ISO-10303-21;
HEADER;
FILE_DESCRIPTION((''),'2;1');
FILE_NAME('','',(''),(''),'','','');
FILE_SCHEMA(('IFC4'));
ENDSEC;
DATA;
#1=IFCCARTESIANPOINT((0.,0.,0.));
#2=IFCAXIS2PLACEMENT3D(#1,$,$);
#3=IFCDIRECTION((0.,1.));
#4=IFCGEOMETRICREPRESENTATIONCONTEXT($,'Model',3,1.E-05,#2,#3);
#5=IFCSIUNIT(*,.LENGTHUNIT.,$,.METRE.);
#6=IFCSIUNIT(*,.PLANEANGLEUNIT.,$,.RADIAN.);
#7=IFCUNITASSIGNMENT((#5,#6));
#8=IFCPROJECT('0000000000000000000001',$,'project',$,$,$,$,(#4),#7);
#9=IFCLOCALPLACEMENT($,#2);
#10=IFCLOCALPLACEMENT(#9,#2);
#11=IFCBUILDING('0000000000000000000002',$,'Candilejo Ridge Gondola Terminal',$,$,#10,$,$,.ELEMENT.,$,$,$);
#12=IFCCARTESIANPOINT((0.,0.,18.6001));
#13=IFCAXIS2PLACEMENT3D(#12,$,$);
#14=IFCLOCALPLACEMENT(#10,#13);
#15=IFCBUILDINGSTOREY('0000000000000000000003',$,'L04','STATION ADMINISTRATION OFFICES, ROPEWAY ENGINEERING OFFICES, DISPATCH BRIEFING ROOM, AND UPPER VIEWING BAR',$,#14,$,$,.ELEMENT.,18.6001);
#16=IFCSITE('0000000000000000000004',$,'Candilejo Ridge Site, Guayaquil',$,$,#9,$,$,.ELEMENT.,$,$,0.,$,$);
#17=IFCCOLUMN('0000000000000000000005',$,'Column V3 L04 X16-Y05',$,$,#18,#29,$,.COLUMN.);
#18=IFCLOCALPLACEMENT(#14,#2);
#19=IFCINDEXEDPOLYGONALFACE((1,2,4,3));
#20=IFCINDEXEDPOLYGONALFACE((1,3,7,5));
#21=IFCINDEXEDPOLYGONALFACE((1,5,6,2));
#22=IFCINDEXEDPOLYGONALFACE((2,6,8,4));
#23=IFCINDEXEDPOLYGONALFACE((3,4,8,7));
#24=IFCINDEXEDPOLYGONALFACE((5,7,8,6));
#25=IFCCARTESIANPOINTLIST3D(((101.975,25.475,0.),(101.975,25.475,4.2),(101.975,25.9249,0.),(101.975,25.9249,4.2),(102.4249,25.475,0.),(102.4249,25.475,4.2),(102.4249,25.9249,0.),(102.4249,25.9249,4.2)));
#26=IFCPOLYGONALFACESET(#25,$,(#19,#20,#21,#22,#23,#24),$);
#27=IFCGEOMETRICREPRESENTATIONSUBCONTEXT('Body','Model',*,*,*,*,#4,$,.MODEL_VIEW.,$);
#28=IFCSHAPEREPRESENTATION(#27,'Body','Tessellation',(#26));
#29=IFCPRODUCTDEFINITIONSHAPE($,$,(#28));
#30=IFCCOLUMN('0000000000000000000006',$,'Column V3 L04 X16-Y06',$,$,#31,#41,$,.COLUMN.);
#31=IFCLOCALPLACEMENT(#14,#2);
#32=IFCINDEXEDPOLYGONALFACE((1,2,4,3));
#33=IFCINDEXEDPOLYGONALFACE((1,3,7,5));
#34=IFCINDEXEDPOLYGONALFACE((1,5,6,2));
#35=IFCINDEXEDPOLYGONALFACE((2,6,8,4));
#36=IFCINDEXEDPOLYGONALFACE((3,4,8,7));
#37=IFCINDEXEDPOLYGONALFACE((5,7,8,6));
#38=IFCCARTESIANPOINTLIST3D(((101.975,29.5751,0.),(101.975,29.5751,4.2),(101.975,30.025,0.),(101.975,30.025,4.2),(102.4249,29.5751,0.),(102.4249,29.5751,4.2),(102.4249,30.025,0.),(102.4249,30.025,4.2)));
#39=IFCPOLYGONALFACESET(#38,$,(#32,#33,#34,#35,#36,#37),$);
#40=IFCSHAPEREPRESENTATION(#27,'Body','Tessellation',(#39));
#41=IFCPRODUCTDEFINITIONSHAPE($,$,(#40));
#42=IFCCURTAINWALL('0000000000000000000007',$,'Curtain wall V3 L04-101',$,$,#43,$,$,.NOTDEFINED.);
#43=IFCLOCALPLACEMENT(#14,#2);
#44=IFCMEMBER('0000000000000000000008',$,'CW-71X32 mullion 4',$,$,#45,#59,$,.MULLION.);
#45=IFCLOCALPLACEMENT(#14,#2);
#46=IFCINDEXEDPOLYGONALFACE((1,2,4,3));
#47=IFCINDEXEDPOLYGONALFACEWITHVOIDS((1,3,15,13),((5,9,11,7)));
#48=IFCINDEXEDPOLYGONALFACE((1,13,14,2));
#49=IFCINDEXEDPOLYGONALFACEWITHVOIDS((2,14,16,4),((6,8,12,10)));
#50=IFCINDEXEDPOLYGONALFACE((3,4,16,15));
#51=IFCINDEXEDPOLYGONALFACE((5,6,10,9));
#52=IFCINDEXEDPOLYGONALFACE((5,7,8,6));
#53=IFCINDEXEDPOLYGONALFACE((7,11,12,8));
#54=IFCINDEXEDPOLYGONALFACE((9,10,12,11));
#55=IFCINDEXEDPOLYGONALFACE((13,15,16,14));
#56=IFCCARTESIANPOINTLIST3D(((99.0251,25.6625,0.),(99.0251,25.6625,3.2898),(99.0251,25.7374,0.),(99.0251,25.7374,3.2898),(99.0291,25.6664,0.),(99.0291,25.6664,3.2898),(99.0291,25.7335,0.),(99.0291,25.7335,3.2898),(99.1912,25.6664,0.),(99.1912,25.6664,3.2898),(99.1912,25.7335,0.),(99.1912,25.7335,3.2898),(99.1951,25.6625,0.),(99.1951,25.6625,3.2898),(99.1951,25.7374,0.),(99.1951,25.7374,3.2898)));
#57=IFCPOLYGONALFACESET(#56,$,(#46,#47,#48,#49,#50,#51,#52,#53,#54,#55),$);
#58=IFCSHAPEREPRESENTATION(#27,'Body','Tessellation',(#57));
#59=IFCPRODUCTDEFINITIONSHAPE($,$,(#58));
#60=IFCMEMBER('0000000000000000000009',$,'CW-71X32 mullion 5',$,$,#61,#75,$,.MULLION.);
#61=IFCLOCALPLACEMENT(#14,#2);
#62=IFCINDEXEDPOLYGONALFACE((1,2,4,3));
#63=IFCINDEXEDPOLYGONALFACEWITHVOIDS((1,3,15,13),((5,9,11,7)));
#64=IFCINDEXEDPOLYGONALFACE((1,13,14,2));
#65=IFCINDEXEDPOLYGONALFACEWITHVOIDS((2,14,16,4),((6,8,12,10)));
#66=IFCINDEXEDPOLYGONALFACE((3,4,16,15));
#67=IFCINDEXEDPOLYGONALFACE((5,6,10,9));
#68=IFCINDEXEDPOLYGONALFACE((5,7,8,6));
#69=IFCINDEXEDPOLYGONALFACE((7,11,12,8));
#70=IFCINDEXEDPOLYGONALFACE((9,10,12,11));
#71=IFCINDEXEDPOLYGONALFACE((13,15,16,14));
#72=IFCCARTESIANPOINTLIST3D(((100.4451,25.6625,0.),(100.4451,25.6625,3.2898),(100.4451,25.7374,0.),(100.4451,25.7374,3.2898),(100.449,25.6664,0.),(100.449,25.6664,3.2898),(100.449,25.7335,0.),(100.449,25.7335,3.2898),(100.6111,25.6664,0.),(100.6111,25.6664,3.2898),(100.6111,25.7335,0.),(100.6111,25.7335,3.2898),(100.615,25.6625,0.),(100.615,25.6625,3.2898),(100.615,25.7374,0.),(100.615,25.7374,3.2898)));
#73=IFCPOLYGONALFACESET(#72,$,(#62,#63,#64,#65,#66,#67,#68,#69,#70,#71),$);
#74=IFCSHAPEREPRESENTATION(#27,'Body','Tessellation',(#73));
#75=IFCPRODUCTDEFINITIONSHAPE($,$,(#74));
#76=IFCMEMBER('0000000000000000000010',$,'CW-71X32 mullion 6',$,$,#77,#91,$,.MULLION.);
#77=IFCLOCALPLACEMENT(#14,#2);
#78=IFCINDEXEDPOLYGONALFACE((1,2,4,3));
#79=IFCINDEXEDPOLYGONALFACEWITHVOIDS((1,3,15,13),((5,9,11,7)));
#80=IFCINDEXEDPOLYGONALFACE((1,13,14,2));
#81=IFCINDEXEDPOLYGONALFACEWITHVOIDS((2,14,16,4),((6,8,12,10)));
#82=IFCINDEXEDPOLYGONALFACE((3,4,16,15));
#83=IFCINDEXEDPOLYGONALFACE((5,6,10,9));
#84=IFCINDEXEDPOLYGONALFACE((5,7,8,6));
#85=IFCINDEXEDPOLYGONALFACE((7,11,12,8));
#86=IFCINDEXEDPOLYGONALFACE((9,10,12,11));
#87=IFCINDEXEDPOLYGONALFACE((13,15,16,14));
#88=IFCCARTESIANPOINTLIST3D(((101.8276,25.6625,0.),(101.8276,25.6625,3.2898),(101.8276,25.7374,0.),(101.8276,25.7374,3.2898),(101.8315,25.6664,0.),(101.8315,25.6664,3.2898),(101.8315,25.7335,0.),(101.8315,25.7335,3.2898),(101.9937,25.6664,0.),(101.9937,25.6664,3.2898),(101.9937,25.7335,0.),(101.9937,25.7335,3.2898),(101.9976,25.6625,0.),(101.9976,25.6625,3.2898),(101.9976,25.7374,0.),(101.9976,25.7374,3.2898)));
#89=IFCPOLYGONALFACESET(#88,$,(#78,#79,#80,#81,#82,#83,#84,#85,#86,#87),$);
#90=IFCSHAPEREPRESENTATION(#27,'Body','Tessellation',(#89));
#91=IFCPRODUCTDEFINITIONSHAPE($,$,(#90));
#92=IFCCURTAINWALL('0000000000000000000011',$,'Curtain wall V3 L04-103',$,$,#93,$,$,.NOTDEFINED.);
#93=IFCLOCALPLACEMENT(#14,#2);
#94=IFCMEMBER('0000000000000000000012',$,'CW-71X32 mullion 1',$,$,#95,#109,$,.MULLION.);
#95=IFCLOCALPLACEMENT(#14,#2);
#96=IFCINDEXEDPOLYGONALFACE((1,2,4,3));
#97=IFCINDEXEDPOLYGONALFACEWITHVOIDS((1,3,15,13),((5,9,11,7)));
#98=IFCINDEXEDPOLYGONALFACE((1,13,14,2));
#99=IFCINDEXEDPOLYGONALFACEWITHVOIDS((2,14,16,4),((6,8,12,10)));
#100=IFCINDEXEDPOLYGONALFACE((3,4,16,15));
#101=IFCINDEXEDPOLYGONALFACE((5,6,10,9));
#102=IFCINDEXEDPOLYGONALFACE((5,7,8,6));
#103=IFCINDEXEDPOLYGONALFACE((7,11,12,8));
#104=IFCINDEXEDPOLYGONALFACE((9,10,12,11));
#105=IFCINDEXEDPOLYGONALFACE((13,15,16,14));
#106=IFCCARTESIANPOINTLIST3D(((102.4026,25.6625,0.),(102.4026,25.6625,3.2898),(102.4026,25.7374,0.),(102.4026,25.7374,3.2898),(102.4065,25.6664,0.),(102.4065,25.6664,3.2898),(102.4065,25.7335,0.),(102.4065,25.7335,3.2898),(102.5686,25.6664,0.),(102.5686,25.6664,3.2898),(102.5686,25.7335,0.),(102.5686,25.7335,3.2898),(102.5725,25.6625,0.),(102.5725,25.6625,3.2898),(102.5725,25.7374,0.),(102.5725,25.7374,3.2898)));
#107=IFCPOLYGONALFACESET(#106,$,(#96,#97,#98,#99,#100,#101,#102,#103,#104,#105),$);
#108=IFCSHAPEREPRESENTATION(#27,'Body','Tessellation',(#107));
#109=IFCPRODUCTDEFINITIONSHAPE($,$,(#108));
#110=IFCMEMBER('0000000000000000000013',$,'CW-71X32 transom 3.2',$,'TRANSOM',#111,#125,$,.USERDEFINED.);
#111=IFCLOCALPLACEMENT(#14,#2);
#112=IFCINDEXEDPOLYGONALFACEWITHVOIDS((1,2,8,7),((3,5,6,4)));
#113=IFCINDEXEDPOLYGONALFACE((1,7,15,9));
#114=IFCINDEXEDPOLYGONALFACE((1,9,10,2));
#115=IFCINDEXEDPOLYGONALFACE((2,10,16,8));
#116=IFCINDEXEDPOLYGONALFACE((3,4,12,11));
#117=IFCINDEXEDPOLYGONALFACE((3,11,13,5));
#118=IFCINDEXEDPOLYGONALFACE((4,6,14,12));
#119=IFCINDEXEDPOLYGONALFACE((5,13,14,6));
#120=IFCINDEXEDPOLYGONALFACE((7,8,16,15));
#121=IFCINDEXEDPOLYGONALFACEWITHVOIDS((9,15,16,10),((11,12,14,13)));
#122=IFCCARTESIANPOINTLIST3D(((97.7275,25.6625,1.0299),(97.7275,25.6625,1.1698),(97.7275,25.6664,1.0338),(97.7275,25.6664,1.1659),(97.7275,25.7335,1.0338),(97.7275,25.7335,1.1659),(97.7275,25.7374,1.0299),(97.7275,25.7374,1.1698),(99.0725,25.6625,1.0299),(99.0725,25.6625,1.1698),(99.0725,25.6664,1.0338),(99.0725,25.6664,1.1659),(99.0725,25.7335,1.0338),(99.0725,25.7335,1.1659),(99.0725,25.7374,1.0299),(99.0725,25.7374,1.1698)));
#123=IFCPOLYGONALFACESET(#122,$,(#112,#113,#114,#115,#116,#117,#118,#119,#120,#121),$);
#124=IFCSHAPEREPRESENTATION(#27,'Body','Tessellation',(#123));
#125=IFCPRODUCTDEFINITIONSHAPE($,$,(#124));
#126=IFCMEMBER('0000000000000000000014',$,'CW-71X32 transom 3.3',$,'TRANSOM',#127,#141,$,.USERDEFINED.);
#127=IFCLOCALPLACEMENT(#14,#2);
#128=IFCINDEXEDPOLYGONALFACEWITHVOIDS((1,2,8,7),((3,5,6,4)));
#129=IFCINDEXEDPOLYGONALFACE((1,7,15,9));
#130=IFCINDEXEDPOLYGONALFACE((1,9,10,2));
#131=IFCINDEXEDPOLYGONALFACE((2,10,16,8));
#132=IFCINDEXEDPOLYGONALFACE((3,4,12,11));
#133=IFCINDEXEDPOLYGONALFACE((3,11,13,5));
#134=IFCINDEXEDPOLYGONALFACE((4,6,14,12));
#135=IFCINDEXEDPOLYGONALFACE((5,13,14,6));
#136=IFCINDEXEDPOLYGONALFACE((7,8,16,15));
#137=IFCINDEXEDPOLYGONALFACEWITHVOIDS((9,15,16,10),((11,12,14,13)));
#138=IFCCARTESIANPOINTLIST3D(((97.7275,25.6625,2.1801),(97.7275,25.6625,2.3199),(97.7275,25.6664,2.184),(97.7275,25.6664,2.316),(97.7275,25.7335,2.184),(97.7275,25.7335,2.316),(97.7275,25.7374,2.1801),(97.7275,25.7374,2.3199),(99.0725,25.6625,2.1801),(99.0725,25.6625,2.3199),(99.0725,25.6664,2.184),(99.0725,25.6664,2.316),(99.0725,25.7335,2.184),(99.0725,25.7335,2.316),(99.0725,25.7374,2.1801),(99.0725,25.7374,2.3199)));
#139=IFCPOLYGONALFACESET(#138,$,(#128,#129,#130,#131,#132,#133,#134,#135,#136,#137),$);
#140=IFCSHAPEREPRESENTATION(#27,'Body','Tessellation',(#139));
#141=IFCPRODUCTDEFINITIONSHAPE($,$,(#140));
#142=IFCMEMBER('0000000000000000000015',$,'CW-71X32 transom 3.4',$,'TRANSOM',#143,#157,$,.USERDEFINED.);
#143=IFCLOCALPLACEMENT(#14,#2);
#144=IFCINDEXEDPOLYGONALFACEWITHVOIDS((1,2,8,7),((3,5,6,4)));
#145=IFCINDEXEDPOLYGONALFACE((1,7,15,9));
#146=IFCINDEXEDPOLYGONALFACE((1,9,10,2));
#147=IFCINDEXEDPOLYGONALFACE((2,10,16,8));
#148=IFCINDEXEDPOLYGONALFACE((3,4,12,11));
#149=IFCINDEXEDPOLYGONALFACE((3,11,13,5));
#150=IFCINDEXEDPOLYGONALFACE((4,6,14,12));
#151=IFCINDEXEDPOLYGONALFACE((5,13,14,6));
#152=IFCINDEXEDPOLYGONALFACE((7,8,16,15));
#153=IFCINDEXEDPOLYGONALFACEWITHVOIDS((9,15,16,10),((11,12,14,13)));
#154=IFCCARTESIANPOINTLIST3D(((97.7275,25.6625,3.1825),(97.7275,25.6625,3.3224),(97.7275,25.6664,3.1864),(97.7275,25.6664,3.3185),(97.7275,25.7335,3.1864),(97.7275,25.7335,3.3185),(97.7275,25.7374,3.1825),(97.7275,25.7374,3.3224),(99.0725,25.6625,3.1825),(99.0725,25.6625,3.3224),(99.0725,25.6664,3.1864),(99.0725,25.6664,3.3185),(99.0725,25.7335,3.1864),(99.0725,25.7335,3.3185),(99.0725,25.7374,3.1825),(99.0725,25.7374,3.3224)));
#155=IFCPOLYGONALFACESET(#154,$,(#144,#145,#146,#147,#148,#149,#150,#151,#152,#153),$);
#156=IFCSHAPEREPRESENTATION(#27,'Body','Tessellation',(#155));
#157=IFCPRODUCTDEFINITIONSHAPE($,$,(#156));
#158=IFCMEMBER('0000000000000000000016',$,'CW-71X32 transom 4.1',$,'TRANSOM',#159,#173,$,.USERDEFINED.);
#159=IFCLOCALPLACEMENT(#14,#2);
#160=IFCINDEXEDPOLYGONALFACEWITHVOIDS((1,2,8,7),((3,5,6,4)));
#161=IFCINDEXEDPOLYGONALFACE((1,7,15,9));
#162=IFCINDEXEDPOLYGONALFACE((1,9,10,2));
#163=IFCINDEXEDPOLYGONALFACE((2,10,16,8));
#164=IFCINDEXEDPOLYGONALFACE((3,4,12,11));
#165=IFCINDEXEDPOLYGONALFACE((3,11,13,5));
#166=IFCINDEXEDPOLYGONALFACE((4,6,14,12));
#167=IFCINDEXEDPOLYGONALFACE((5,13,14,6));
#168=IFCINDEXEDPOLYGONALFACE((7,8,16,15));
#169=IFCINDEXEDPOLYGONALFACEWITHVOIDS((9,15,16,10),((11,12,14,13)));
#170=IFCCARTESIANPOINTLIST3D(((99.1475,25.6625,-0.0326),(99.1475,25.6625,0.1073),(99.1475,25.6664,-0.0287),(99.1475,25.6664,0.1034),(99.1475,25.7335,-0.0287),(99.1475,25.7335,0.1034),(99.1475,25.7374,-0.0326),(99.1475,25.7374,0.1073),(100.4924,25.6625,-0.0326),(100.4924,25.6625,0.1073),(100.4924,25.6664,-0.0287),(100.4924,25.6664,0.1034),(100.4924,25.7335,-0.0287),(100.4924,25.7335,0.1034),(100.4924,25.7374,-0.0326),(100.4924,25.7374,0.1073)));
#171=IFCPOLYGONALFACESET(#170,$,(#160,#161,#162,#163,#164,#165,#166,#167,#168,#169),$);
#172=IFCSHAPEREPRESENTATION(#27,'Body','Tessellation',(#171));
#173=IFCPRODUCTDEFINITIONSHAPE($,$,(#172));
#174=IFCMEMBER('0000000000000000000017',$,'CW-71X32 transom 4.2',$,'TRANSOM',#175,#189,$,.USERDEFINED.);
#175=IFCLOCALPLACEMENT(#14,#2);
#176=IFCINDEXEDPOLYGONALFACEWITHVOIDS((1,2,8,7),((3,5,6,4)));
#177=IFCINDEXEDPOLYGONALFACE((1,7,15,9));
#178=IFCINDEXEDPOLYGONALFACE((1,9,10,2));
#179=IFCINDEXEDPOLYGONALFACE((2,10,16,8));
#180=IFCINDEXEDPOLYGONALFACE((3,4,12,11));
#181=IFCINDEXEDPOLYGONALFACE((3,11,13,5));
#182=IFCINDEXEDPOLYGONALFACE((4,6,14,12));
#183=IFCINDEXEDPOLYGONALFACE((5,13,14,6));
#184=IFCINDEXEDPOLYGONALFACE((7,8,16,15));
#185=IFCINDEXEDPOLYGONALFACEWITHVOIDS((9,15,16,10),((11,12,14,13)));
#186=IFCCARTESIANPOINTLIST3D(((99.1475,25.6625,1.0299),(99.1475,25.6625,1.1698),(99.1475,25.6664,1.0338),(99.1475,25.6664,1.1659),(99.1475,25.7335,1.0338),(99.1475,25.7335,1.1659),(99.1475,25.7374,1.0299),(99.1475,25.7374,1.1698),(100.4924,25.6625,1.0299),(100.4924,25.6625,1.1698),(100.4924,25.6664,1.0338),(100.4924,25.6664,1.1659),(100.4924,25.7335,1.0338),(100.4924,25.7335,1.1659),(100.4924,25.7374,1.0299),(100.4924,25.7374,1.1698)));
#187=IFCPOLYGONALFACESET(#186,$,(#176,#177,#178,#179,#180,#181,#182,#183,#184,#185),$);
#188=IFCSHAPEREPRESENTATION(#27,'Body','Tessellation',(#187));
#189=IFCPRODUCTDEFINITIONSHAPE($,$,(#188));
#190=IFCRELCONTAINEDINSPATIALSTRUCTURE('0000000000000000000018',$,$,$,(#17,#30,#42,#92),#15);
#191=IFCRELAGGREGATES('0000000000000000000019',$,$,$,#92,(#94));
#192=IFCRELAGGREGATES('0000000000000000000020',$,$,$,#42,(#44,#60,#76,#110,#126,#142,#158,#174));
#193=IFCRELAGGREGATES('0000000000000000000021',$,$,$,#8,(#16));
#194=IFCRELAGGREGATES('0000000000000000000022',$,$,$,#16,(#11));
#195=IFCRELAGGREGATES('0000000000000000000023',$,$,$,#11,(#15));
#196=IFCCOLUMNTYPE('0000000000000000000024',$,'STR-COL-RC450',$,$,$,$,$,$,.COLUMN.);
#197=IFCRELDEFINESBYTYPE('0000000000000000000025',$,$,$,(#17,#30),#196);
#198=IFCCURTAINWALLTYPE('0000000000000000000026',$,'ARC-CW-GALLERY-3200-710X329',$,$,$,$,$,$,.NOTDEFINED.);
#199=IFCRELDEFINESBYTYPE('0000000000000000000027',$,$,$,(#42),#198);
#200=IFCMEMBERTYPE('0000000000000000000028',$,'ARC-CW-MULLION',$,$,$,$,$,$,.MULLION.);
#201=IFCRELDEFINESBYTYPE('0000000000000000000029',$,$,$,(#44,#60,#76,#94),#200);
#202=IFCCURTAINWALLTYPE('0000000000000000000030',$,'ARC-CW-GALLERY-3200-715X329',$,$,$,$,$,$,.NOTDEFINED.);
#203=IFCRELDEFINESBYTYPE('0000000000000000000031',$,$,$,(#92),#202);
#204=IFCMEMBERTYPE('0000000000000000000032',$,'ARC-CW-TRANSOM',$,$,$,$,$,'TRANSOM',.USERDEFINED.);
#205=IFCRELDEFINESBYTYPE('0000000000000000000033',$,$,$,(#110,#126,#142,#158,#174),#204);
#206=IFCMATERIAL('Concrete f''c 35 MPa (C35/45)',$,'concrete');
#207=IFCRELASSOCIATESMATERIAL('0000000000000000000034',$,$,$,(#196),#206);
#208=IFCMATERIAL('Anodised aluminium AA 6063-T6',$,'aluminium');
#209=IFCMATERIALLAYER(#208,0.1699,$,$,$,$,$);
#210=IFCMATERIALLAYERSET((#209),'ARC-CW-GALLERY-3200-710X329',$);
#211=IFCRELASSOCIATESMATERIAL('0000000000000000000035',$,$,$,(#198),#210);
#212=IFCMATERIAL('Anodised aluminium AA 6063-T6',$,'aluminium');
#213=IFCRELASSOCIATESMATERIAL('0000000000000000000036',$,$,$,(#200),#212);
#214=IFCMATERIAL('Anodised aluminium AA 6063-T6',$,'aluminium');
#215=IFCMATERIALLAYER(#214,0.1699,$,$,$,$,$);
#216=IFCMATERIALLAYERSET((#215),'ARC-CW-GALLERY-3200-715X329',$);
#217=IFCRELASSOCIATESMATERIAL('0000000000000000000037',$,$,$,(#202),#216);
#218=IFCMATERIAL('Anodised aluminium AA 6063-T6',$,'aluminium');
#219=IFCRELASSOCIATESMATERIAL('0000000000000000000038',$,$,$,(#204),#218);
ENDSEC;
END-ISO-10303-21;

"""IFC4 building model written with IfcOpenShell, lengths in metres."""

from ifc_helpers import new_model, si_unit, direction, frame, origin, origin_2d, place, context, subcontext, project, spatial, rectangle, hollow_rectangle, extrude, material, layer, layer_set, material_profile, profile_set, type_object, element, aggregate, save


model = new_model("IFC4")

# Units and contexts
model_context = context("Model", 3, precision=1e-05, world=origin(), true_north=direction((0.0, 1.0)))
body_context = subcontext(model_context, "Body", "Model", "MODEL_VIEW")
ifc_project = project(units=[si_unit("LENGTHUNIT", "METRE"), si_unit("PLANEANGLEUNIT", "RADIAN")], contexts=[model_context])

# Site, building, storey
site_placement = place(None, origin())
site = spatial("IfcSite", under=ifc_project, at=site_placement, Name="Candilejo Ridge Site, Guayaquil", CompositionType="ELEMENT", RefElevation=0.0)
building_placement = place(site_placement, origin())
building = spatial("IfcBuilding", under=site, at=building_placement, Name="Candilejo Ridge Gondola Terminal", CompositionType="ELEMENT")
storey_placement = place(building_placement, frame((0.0, 0.0, 18.6001)))
storey = spatial("IfcBuildingStorey", under=building, at=storey_placement, Name="L04", Description="STATION ADMINISTRATION OFFICES, ROPEWAY ENGINEERING OFFICES, DISPATCH BRIEFING ROOM, AND UPPER VIEWING BAR", CompositionType="ELEMENT", Elevation=18.6001)

# Columns
ifc_material_1 = material(Name="Concrete f'c 35 MPa (C35/45)", Category="concrete")
ifc_material_profile_1 = material_profile(ifc_material_1, rectangle(XDim=0.45, YDim=0.45, at=origin_2d()))
ifc_profile_set_1 = profile_set([ifc_material_profile_1], Name="Concrete f'c 35 MPa (C35/45)")
column_type = type_object("IfcColumnType", Name="STR-COL-RC450", PredefinedType="COLUMN", material=ifc_profile_set_1)
for number, where, z_axis, x_axis, name in (
    (1, (102.2, 25.7, 0.0), (0.0, 0.0, 1.0), (1.0, 0.0, 0.0), "Column V3 L04 X16-Y05"),
    (2, (102.2, 29.8, 0.0), (0.0, 0.0, 1.0), (1.0, 0.0, 0.0), "Column V3 L04 X16-Y06"),
):
    element("IfcColumn", number, at=place(storey_placement, frame(where, z_axis=z_axis, x_axis=x_axis)), inside=storey, type_object=column_type, Name=name, PredefinedType="COLUMN", context=body_context, shape_type="SweptSolid", body=[
        extrude(rectangle(XDim=0.45, YDim=0.45, at=origin_2d()), origin(), (0.0, 0.0, 1.0), 4.2),
    ])

# Curtain wall, members
ifc_material_2 = material(Name="Anodised aluminium AA 6063-T6", Category="aluminium")
ifc_layer_1 = layer(ifc_material_2, 0.1699)
ifc_layer_set_1 = layer_set([ifc_layer_1], Name="ARC-CW-GALLERY-3200-710X329")
curtain_wall_type_1 = type_object("IfcCurtainWallType", Name="ARC-CW-GALLERY-3200-710X329", PredefinedType="NOTDEFINED", material=ifc_layer_set_1)
curtain_wall_1_placement = place(storey_placement, origin())
curtain_wall_1 = element("IfcCurtainWall", 3, at=curtain_wall_1_placement, inside=storey, type_object=curtain_wall_type_1, Name="Curtain wall V3 L04-101", PredefinedType="NOTDEFINED")
ifc_material_3 = material(Name="Anodised aluminium AA 6063-T6", Category="aluminium")
ifc_material_profile_2 = material_profile(ifc_material_3, hollow_rectangle(XDim=0.075, YDim=0.1699, WallThickness=0.0039, at=origin_2d()))
ifc_profile_set_2 = profile_set([ifc_material_profile_2], Name="Anodised aluminium AA 6063-T6")
member_type_1 = type_object("IfcMemberType", Name="ARC-CW-MULLION", PredefinedType="MULLION", material=ifc_profile_set_2)
member_1_placement = place(storey_placement, frame((99.1101, 25.7, 0.0), z_axis=(0.0, 0.0, 1.0), x_axis=(0.0, 1.0, 0.0)))
member_1 = element("IfcMember", 4, at=member_1_placement, type_object=member_type_1, Name="CW-71X32 mullion 4", PredefinedType="MULLION", context=body_context, shape_type="SweptSolid", body=[
    extrude(hollow_rectangle(XDim=0.075, YDim=0.1699, WallThickness=0.0039, at=origin_2d()), origin(), (0.0, 0.0, 1.0), 3.2898),
])
member_2_placement = place(storey_placement, frame((100.53, 25.7, 0.0), z_axis=(0.0, 0.0, 1.0), x_axis=(0.0, 1.0, 0.0)))
member_2 = element("IfcMember", 5, at=member_2_placement, type_object=member_type_1, Name="CW-71X32 mullion 5", PredefinedType="MULLION", context=body_context, shape_type="SweptSolid", body=[
    extrude(hollow_rectangle(XDim=0.075, YDim=0.1699, WallThickness=0.0039, at=origin_2d()), origin(), (0.0, 0.0, 1.0), 3.2898),
])
member_3_placement = place(storey_placement, frame((101.9126, 25.7, 0.0), z_axis=(0.0, 0.0, 1.0), x_axis=(0.0, 1.0, 0.0)))
member_3 = element("IfcMember", 6, at=member_3_placement, type_object=member_type_1, Name="CW-71X32 mullion 6", PredefinedType="MULLION", context=body_context, shape_type="SweptSolid", body=[
    extrude(hollow_rectangle(XDim=0.075, YDim=0.1699, WallThickness=0.0039, at=origin_2d()), origin(), (0.0, 0.0, 1.0), 3.2898),
])

# Curtain wall, member
ifc_material_4 = material(Name="Anodised aluminium AA 6063-T6", Category="aluminium")
ifc_layer_2 = layer(ifc_material_4, 0.1699)
ifc_layer_set_2 = layer_set([ifc_layer_2], Name="ARC-CW-GALLERY-3200-715X329")
curtain_wall_type_2 = type_object("IfcCurtainWallType", Name="ARC-CW-GALLERY-3200-715X329", PredefinedType="NOTDEFINED", material=ifc_layer_set_2)
curtain_wall_2_placement = place(storey_placement, origin())
curtain_wall_2 = element("IfcCurtainWall", 7, at=curtain_wall_2_placement, inside=storey, type_object=curtain_wall_type_2, Name="Curtain wall V3 L04-103", PredefinedType="NOTDEFINED")
member_4_placement = place(storey_placement, frame((102.4875, 25.7, 0.0), z_axis=(0.0, 0.0, 1.0), x_axis=(0.0, 1.0, 0.0)))
member_4 = element("IfcMember", 8, at=member_4_placement, type_object=member_type_1, Name="CW-71X32 mullion 1", PredefinedType="MULLION", context=body_context, shape_type="SweptSolid", body=[
    extrude(hollow_rectangle(XDim=0.075, YDim=0.1699, WallThickness=0.0039, at=origin_2d()), origin(), (0.0, 0.0, 1.0), 3.2898),
])
aggregate(curtain_wall_2, [member_4])

# Members
ifc_material_5 = material(Name="Anodised aluminium AA 6063-T6", Category="aluminium")
ifc_material_profile_3 = material_profile(ifc_material_5, hollow_rectangle(XDim=0.075, YDim=0.1399, WallThickness=0.0039, at=origin_2d()))
ifc_profile_set_3 = profile_set([ifc_material_profile_3], Name="Anodised aluminium AA 6063-T6")
member_type_2 = type_object("IfcMemberType", Name="ARC-CW-TRANSOM", ElementType="TRANSOM", PredefinedType="USERDEFINED", material=ifc_profile_set_3)
member_5_placement = place(storey_placement, frame((97.7275, 25.7, 1.0999), z_axis=(1.0, 0.0, 0.0), x_axis=(0.0, 1.0, 0.0)))
member_5 = element("IfcMember", 9, at=member_5_placement, type_object=member_type_2, Name="CW-71X32 transom 3.2", ObjectType="TRANSOM", PredefinedType="USERDEFINED", context=body_context, shape_type="SweptSolid", body=[
    extrude(hollow_rectangle(XDim=0.075, YDim=0.1399, WallThickness=0.0039, at=origin_2d()), origin(), (0.0, 0.0, 1.0), 1.345),
])
member_6_placement = place(storey_placement, frame((97.7275, 25.7, 2.25), z_axis=(1.0, 0.0, 0.0), x_axis=(0.0, 1.0, 0.0)))
member_6 = element("IfcMember", 10, at=member_6_placement, type_object=member_type_2, Name="CW-71X32 transom 3.3", ObjectType="TRANSOM", PredefinedType="USERDEFINED", context=body_context, shape_type="SweptSolid", body=[
    extrude(hollow_rectangle(XDim=0.075, YDim=0.1399, WallThickness=0.0039, at=origin_2d()), origin(), (0.0, 0.0, 1.0), 1.345),
])
member_7_placement = place(storey_placement, frame((97.7275, 25.7, 3.2524), z_axis=(1.0, 0.0, 0.0), x_axis=(0.0, 1.0, 0.0)))
member_7 = element("IfcMember", 11, at=member_7_placement, type_object=member_type_2, Name="CW-71X32 transom 3.4", ObjectType="TRANSOM", PredefinedType="USERDEFINED", context=body_context, shape_type="SweptSolid", body=[
    extrude(hollow_rectangle(XDim=0.075, YDim=0.1399, WallThickness=0.0039, at=origin_2d()), origin(), (0.0, 0.0, 1.0), 1.345),
])
member_8_placement = place(storey_placement, frame((99.1475, 25.7, 0.0374), z_axis=(1.0, 0.0, 0.0), x_axis=(0.0, 1.0, 0.0)))
member_8 = element("IfcMember", 12, at=member_8_placement, type_object=member_type_2, Name="CW-71X32 transom 4.1", ObjectType="TRANSOM", PredefinedType="USERDEFINED", context=body_context, shape_type="SweptSolid", body=[
    extrude(hollow_rectangle(XDim=0.075, YDim=0.1399, WallThickness=0.0039, at=origin_2d()), origin(), (0.0, 0.0, 1.0), 1.345),
])
member_9_placement = place(storey_placement, frame((99.1475, 25.7, 1.0999), z_axis=(1.0, 0.0, 0.0), x_axis=(0.0, 1.0, 0.0)))
member_9 = element("IfcMember", 13, at=member_9_placement, type_object=member_type_2, Name="CW-71X32 transom 4.2", ObjectType="TRANSOM", PredefinedType="USERDEFINED", context=body_context, shape_type="SweptSolid", body=[
    extrude(hollow_rectangle(XDim=0.075, YDim=0.1399, WallThickness=0.0039, at=origin_2d()), origin(), (0.0, 0.0, 1.0), 1.345),
])

aggregate(curtain_wall_1, [member_1, member_2, member_3, member_5, member_6, member_7, member_8, member_9])

save(model, "model.ifc")
